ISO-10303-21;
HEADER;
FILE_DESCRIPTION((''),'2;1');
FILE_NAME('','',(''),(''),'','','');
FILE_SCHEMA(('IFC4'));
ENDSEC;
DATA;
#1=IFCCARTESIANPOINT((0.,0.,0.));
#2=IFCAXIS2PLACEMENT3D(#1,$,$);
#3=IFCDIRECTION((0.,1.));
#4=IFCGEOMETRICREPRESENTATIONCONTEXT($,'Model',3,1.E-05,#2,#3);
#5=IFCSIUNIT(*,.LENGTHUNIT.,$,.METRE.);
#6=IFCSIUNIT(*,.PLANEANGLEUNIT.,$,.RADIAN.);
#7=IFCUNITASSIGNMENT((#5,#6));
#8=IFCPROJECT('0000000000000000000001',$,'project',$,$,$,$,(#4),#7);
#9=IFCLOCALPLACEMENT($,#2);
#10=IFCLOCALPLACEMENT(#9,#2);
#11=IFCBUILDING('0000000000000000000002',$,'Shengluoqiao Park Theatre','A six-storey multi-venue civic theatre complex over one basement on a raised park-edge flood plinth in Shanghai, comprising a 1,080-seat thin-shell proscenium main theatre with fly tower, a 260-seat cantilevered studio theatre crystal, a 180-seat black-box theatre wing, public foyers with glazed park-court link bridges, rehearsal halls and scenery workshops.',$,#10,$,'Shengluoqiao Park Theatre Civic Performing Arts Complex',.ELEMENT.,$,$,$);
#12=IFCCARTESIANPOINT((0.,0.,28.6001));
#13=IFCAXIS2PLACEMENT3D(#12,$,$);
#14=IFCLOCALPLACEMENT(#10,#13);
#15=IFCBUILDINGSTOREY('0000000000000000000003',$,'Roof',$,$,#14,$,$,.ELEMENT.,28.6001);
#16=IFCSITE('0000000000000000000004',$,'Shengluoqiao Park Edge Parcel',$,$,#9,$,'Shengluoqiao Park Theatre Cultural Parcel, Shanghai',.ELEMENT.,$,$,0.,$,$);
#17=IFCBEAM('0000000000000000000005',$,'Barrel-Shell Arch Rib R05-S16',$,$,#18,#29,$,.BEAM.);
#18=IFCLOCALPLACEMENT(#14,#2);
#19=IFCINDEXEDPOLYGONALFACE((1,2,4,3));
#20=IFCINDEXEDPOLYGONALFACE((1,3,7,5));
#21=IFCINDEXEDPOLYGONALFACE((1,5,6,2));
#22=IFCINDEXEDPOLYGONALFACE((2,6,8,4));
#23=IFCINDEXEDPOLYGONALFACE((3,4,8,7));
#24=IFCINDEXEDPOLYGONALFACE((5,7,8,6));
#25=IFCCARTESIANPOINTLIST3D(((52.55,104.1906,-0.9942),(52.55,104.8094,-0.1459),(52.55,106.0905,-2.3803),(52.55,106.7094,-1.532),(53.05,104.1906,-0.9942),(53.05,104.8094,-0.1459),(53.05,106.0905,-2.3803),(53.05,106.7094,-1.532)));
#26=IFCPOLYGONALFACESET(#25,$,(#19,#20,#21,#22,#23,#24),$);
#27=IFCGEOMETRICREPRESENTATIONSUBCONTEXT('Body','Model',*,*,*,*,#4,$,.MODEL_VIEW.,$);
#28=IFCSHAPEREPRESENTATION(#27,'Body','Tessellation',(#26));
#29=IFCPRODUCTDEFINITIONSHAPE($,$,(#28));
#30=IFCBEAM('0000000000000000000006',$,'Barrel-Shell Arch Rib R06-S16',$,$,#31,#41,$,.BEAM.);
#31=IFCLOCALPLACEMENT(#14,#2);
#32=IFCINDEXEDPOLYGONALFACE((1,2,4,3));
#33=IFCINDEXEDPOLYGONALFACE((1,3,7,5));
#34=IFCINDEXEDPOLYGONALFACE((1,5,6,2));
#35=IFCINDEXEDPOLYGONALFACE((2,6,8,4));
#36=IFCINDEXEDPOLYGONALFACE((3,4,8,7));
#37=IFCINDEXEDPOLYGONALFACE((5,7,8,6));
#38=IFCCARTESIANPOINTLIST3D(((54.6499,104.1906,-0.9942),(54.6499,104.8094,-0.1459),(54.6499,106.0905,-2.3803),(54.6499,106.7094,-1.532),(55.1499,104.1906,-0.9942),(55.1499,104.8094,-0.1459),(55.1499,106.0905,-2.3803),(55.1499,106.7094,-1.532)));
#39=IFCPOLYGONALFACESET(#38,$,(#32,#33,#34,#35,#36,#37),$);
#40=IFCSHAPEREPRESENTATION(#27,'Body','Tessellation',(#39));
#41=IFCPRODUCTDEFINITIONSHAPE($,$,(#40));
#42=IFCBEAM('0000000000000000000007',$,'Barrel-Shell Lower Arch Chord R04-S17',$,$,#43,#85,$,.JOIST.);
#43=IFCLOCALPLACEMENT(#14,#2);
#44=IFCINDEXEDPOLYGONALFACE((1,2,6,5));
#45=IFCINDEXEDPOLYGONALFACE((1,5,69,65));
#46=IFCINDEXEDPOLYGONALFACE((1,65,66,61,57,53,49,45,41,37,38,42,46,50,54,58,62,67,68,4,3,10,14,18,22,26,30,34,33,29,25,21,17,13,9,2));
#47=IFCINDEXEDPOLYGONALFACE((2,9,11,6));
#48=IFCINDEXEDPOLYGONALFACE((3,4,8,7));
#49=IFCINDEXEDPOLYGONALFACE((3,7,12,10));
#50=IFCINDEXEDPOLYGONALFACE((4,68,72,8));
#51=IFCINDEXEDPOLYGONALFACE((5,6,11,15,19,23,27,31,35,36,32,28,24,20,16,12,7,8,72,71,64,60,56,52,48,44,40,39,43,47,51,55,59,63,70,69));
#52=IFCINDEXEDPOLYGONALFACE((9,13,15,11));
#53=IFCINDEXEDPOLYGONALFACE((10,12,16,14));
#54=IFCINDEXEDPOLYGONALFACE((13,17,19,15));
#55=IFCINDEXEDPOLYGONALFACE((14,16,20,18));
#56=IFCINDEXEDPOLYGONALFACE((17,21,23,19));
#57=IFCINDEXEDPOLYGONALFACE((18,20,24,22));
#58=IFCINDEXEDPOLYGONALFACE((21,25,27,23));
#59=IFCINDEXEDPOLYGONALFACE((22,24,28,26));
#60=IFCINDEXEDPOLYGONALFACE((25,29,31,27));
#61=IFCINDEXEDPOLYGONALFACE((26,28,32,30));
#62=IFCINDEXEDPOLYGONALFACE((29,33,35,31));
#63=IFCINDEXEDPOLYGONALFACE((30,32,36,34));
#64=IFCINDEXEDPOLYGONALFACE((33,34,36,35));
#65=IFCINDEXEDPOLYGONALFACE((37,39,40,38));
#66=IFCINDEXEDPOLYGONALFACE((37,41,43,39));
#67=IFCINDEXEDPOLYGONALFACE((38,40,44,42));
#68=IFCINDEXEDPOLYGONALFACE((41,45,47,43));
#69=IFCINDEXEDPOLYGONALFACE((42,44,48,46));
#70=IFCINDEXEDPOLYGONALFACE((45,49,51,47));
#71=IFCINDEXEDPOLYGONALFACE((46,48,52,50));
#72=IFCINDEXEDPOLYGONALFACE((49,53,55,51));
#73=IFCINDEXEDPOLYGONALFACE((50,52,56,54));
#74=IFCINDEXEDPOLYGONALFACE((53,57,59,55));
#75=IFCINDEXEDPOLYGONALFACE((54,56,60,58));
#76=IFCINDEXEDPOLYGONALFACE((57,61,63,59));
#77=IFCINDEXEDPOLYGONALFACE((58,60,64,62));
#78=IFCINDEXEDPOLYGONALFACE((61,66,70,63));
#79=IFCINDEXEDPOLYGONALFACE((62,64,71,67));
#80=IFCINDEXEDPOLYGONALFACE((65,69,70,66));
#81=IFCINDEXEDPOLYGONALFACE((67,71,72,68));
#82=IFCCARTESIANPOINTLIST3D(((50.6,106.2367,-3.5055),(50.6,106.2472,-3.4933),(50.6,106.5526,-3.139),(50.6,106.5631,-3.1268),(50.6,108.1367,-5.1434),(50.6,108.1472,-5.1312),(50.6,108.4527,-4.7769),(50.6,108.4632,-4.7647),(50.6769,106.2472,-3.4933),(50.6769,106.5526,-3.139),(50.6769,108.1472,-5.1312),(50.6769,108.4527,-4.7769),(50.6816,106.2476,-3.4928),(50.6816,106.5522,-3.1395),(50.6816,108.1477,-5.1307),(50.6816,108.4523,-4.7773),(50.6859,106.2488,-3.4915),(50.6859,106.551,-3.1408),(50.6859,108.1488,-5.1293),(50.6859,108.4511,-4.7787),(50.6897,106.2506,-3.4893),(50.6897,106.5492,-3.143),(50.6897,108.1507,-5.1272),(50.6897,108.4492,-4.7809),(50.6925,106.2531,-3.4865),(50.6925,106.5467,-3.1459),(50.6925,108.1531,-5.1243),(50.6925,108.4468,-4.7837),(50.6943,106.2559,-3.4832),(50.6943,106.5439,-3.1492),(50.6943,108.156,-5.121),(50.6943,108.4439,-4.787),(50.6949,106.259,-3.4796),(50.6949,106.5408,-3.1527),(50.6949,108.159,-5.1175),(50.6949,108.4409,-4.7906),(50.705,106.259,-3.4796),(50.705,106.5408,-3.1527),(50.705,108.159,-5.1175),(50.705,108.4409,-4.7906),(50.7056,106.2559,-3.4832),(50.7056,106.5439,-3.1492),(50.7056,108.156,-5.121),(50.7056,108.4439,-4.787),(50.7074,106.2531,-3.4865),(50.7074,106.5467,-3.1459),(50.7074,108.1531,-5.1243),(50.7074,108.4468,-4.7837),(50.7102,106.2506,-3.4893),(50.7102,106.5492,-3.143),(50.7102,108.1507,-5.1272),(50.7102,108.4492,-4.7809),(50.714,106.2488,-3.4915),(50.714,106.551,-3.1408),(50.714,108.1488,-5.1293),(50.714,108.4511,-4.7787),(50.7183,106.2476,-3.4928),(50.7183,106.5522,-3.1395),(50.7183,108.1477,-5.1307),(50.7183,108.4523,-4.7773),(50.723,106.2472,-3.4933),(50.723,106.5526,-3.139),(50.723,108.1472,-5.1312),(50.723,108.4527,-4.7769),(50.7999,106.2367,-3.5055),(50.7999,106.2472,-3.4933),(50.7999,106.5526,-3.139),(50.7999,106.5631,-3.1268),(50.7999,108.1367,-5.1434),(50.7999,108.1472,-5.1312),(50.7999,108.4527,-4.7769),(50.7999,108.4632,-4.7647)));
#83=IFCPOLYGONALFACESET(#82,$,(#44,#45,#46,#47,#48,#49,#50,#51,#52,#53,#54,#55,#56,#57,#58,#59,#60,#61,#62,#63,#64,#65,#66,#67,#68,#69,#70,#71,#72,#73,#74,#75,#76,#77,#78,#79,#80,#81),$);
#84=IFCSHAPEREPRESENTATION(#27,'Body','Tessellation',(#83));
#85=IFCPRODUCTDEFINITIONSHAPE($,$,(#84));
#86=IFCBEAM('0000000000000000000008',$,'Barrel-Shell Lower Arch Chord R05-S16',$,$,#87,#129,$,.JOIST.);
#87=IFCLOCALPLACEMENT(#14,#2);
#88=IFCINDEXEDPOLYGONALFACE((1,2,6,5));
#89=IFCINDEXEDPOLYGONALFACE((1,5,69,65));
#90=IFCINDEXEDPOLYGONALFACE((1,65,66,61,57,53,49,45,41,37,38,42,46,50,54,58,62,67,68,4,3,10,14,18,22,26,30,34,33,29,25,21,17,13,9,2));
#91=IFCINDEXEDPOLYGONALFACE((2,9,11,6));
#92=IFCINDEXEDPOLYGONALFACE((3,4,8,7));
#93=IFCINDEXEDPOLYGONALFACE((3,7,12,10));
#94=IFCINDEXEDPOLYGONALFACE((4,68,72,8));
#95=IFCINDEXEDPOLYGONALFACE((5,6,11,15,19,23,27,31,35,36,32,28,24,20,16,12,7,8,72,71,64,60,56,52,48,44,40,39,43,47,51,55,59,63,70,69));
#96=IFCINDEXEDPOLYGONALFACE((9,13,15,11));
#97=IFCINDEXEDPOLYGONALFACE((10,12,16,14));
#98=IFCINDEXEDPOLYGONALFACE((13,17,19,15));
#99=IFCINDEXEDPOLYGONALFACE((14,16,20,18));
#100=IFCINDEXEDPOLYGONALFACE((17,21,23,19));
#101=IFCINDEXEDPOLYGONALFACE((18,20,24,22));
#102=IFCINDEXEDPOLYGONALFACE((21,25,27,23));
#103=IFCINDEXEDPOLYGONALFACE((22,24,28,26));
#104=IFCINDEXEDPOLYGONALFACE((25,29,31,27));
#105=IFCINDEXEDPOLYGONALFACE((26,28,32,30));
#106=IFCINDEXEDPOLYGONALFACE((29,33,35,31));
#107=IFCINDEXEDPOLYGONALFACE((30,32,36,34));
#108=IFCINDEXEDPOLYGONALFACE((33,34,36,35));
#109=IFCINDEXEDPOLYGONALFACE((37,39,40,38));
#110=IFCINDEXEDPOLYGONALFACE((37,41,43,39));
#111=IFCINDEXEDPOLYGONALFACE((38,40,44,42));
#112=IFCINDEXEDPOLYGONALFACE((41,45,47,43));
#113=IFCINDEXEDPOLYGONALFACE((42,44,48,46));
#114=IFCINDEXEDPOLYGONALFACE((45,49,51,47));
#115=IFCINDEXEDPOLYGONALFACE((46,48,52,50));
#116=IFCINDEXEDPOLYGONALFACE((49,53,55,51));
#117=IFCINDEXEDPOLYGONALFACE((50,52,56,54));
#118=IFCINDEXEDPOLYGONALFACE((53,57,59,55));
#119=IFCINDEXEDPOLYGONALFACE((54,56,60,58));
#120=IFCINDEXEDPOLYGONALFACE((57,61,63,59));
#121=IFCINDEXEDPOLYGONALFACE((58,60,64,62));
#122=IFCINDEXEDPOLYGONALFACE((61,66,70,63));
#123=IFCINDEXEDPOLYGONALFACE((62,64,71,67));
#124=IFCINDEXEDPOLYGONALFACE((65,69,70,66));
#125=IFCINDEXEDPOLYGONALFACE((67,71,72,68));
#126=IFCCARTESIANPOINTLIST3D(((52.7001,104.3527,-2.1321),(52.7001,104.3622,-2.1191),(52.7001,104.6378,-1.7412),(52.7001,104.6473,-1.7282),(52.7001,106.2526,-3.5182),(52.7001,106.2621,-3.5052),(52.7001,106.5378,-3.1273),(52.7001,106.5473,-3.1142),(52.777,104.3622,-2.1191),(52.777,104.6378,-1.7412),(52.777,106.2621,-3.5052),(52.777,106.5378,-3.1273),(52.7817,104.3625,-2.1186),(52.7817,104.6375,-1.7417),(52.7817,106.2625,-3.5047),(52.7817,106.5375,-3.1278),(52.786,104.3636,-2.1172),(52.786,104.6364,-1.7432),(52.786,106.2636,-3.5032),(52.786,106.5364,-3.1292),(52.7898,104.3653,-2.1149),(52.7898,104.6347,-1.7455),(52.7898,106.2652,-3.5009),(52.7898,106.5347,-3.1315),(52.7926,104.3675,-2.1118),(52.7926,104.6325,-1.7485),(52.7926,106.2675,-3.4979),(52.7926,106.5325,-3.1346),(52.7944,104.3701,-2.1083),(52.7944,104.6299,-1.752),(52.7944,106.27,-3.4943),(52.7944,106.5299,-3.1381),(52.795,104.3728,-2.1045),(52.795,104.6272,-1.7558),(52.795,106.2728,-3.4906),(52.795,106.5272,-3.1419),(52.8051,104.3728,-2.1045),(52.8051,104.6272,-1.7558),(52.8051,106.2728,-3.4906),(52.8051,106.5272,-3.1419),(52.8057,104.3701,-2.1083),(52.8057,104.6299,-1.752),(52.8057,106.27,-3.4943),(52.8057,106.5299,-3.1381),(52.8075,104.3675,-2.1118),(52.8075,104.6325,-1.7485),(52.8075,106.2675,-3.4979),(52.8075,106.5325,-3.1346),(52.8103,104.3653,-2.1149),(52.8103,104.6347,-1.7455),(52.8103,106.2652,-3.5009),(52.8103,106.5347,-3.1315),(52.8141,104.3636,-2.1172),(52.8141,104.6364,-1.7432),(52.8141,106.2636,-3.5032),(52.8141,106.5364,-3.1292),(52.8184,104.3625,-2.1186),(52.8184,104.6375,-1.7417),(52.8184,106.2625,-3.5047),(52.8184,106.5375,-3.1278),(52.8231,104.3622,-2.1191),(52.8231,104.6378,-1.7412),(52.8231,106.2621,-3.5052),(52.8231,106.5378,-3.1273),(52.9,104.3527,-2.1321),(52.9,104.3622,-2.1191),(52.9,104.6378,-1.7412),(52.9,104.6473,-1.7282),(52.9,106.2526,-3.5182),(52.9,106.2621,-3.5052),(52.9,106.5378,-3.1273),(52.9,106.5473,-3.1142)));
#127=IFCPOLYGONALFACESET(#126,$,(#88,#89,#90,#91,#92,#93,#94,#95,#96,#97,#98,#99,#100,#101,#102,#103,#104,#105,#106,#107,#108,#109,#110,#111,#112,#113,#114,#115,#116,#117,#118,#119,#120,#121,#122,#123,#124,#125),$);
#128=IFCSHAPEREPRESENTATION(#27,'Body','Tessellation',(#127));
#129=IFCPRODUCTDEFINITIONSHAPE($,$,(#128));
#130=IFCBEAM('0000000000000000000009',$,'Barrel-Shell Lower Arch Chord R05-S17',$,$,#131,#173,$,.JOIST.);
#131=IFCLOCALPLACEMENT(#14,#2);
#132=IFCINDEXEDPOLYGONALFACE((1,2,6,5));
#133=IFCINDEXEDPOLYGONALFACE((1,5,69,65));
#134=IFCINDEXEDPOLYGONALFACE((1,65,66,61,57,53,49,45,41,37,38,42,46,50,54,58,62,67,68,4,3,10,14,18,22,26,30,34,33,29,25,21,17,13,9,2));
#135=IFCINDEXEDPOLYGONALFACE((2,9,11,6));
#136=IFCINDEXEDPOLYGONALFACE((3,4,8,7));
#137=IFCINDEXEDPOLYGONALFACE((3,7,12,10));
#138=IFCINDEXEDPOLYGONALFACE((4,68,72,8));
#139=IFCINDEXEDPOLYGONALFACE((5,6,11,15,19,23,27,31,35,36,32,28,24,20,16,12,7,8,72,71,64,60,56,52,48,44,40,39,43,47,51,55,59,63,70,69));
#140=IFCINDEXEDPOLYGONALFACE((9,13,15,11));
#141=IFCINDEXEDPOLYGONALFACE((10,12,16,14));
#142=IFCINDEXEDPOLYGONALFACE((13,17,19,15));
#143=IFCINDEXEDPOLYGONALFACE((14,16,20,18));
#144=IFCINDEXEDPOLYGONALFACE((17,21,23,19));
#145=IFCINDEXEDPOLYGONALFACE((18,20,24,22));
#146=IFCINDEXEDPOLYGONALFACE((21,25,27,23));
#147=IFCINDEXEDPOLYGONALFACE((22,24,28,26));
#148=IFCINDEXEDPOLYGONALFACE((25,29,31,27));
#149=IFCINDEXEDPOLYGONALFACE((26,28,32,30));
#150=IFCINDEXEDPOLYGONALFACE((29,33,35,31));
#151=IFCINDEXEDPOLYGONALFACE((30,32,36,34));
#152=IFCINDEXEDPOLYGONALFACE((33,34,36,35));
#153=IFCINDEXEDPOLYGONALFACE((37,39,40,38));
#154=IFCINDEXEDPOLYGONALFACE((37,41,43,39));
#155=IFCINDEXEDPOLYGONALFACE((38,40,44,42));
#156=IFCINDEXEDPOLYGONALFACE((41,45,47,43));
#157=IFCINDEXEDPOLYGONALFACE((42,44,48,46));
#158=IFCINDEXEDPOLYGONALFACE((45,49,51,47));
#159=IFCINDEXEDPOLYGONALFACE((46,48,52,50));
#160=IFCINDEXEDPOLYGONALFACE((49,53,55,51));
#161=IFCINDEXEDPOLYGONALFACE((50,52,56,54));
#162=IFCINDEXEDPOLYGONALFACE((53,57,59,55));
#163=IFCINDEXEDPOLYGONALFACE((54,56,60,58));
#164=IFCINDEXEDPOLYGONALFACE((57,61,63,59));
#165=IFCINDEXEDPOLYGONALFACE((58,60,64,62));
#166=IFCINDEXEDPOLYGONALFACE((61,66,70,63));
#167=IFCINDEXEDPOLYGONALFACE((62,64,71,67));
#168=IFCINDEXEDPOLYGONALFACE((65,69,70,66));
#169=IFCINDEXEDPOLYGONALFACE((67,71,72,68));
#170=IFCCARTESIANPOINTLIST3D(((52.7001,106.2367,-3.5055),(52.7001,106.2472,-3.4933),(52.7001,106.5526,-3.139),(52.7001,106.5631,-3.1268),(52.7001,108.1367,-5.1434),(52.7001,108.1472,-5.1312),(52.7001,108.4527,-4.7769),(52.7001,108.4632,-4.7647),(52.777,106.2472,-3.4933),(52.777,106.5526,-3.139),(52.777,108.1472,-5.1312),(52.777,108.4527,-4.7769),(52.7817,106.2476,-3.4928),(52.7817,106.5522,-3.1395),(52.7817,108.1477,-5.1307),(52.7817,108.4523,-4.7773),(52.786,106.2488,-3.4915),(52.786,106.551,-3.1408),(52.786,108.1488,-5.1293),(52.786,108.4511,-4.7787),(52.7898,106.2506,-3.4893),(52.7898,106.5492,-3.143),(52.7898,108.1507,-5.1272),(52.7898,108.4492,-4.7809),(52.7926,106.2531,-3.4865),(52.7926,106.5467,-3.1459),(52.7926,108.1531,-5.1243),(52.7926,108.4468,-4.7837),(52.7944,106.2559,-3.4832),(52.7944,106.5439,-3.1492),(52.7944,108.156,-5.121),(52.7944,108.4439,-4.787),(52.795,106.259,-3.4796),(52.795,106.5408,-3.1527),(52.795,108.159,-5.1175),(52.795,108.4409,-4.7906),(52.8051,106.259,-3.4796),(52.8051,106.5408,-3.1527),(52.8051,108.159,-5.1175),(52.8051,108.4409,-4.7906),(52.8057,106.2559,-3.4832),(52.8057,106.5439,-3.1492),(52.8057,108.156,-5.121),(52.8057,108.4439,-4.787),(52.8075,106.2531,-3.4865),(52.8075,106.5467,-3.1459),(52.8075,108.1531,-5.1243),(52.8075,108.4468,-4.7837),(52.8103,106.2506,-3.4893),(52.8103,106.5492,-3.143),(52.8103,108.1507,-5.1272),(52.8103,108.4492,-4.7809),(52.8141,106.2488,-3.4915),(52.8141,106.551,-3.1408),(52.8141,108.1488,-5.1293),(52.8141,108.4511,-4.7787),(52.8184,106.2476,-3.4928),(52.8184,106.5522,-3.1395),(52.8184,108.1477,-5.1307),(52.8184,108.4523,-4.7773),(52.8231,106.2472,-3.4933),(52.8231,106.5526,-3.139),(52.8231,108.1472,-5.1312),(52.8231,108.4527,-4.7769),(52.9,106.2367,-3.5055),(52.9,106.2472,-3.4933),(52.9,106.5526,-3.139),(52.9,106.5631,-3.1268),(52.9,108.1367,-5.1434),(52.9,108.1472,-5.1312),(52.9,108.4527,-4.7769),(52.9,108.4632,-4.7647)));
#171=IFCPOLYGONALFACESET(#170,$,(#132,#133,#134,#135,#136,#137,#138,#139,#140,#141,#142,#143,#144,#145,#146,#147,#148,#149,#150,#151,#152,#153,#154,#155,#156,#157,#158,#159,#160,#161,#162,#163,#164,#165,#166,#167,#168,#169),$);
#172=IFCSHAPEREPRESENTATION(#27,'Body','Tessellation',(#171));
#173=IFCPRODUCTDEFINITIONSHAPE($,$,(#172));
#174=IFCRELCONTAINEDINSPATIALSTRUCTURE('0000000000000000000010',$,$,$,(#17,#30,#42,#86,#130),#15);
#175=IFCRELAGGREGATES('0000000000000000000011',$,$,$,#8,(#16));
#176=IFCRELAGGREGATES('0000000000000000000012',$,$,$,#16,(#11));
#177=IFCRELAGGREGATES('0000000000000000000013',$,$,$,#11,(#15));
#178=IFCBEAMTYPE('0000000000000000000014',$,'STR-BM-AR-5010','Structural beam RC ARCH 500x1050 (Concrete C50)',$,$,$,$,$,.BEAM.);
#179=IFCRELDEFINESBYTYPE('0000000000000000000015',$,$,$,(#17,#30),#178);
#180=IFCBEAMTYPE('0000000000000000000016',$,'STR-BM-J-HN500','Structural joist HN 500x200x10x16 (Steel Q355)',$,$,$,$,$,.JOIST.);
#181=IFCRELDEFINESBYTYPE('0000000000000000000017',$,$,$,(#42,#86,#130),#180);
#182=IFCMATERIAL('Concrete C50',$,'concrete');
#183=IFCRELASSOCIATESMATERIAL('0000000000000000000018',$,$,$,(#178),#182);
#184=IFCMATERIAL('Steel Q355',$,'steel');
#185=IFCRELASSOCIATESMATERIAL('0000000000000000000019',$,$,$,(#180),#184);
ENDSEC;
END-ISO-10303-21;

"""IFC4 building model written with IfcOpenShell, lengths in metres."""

from ifc_helpers import new_model, si_unit, direction, frame, origin, origin_2d, place, context, subcontext, project, spatial, rectangle, i_section, extrude, material, material_profile, profile_set, type_object, element, save


model = new_model("IFC4")

# Units and contexts
model_context = context("Model", 3, precision=1e-05, world=origin(), true_north=direction((0.0, 1.0)))
body_context = subcontext(model_context, "Body", "Model", "MODEL_VIEW")
ifc_project = project(units=[si_unit("LENGTHUNIT", "METRE"), si_unit("PLANEANGLEUNIT", "RADIAN")], contexts=[model_context])

# Site, building, storey
site_placement = place(None, origin())
site = spatial("IfcSite", under=ifc_project, at=site_placement, Name="Shengluoqiao Park Edge Parcel", LongName="Shengluoqiao Park Theatre Cultural Parcel, Shanghai", CompositionType="ELEMENT", RefElevation=0.0)
building_placement = place(site_placement, origin())
building = spatial("IfcBuilding", under=site, at=building_placement, Name="Shengluoqiao Park Theatre", Description="A six-storey multi-venue civic theatre complex over one basement on a raised park-edge flood plinth in Shanghai, comprising a 1,080-seat thin-shell proscenium main theatre with fly tower, a 260-seat cantilevered studio theatre crystal, a 180-seat black-box theatre wing, public foyers with glazed park-court link bridges, rehearsal halls and scenery workshops.", LongName="Shengluoqiao Park Theatre Civic Performing Arts Complex", CompositionType="ELEMENT")
storey_placement = place(building_placement, frame((0.0, 0.0, 28.6001)))
storey = spatial("IfcBuildingStorey", under=building, at=storey_placement, Name="Roof", CompositionType="ELEMENT", Elevation=28.6001)

# Beams
ifc_material_1 = material(Name="Concrete C50", Category="concrete")
ifc_material_profile_1 = material_profile(ifc_material_1, rectangle(XDim=0.5, YDim=1.05, at=origin_2d()), Name="RC ARCH 500x1050")
ifc_profile_set_1 = profile_set([ifc_material_profile_1], Name="Concrete C50")
beam_type_1 = type_object("IfcBeamType", Name="STR-BM-AR-5010", Description="Structural beam RC ARCH 500x1050 (Concrete C50)", PredefinedType="BEAM", material=ifc_profile_set_1)
for number, where, z_axis, x_axis, name in (
    (1, (52.8, 104.5, -0.5701), (0.0, 0.807878, -0.58935), (-1.0, 0.0, 0.0), "Barrel-Shell Arch Rib R05-S16"),
    (2, (54.8999, 104.5, -0.5701), (0.0, 0.807878, -0.58935), (-1.0, 0.0, 0.0), "Barrel-Shell Arch Rib R06-S16"),
):
    element("IfcBeam", number, at=place(storey_placement, frame(where, z_axis=z_axis, x_axis=x_axis)), inside=storey, type_object=beam_type_1, Name=name, PredefinedType="BEAM", context=body_context, shape_type="SweptSolid", body=[
        extrude(rectangle(XDim=0.5, YDim=1.05, at=origin_2d()), origin(), (0.0, 0.0, 1.0), 2.3518),
    ])
ifc_material_2 = material(Name="Steel Q355", Category="steel")
ifc_material_profile_2 = material_profile(ifc_material_2, i_section(OverallWidth=0.2, OverallDepth=0.5, WebThickness=0.01, FlangeThickness=0.0161, FilletRadius=0.0181, at=origin_2d()), Name="HN 500x200x10x16")
ifc_profile_set_2 = profile_set([ifc_material_profile_2], Name="Steel Q355")
beam_type_2 = type_object("IfcBeamType", Name="STR-BM-J-HN500", Description="Structural joist HN 500x200x10x16 (Steel Q355)", PredefinedType="JOIST", material=ifc_profile_set_2)
beam_1_placement = place(storey_placement, frame((50.7, 106.3999, -3.3162), z_axis=(0.0, 0.757433, -0.652913), x_axis=(-1.0, 0.0, 0.0)))
element("IfcBeam", 3, at=beam_1_placement, inside=storey, type_object=beam_type_2, Name="Barrel-Shell Lower Arch Chord R04-S17", PredefinedType="JOIST", context=body_context, shape_type="SweptSolid", body=[
    extrude(i_section(OverallWidth=0.2, OverallDepth=0.5, WebThickness=0.01, FlangeThickness=0.0161, FilletRadius=0.0181, at=origin_2d()), origin(), (0.0, 0.0, 1.0), 2.5085),
])
beam_2_placement = place(storey_placement, frame((52.8, 104.5, -1.9302), z_axis=(0.0, 0.807878, -0.58935), x_axis=(-1.0, 0.0, 0.0)))
element("IfcBeam", 4, at=beam_2_placement, inside=storey, type_object=beam_type_2, Name="Barrel-Shell Lower Arch Chord R05-S16", PredefinedType="JOIST", context=body_context, shape_type="SweptSolid", body=[
    extrude(i_section(OverallWidth=0.2, OverallDepth=0.5, WebThickness=0.01, FlangeThickness=0.0161, FilletRadius=0.0181, at=origin_2d()), origin(), (0.0, 0.0, 1.0), 2.3518),
])
beam_3_placement = place(storey_placement, frame((52.8, 106.3999, -3.3162), z_axis=(0.0, 0.757433, -0.652913), x_axis=(-1.0, 0.0, 0.0)))
element("IfcBeam", 5, at=beam_3_placement, inside=storey, type_object=beam_type_2, Name="Barrel-Shell Lower Arch Chord R05-S17", PredefinedType="JOIST", context=body_context, shape_type="SweptSolid", body=[
    extrude(i_section(OverallWidth=0.2, OverallDepth=0.5, WebThickness=0.01, FlangeThickness=0.0161, FilletRadius=0.0181, at=origin_2d()), origin(), (0.0, 0.0, 1.0), 2.5085),
])

save(model, "model.ifc")
